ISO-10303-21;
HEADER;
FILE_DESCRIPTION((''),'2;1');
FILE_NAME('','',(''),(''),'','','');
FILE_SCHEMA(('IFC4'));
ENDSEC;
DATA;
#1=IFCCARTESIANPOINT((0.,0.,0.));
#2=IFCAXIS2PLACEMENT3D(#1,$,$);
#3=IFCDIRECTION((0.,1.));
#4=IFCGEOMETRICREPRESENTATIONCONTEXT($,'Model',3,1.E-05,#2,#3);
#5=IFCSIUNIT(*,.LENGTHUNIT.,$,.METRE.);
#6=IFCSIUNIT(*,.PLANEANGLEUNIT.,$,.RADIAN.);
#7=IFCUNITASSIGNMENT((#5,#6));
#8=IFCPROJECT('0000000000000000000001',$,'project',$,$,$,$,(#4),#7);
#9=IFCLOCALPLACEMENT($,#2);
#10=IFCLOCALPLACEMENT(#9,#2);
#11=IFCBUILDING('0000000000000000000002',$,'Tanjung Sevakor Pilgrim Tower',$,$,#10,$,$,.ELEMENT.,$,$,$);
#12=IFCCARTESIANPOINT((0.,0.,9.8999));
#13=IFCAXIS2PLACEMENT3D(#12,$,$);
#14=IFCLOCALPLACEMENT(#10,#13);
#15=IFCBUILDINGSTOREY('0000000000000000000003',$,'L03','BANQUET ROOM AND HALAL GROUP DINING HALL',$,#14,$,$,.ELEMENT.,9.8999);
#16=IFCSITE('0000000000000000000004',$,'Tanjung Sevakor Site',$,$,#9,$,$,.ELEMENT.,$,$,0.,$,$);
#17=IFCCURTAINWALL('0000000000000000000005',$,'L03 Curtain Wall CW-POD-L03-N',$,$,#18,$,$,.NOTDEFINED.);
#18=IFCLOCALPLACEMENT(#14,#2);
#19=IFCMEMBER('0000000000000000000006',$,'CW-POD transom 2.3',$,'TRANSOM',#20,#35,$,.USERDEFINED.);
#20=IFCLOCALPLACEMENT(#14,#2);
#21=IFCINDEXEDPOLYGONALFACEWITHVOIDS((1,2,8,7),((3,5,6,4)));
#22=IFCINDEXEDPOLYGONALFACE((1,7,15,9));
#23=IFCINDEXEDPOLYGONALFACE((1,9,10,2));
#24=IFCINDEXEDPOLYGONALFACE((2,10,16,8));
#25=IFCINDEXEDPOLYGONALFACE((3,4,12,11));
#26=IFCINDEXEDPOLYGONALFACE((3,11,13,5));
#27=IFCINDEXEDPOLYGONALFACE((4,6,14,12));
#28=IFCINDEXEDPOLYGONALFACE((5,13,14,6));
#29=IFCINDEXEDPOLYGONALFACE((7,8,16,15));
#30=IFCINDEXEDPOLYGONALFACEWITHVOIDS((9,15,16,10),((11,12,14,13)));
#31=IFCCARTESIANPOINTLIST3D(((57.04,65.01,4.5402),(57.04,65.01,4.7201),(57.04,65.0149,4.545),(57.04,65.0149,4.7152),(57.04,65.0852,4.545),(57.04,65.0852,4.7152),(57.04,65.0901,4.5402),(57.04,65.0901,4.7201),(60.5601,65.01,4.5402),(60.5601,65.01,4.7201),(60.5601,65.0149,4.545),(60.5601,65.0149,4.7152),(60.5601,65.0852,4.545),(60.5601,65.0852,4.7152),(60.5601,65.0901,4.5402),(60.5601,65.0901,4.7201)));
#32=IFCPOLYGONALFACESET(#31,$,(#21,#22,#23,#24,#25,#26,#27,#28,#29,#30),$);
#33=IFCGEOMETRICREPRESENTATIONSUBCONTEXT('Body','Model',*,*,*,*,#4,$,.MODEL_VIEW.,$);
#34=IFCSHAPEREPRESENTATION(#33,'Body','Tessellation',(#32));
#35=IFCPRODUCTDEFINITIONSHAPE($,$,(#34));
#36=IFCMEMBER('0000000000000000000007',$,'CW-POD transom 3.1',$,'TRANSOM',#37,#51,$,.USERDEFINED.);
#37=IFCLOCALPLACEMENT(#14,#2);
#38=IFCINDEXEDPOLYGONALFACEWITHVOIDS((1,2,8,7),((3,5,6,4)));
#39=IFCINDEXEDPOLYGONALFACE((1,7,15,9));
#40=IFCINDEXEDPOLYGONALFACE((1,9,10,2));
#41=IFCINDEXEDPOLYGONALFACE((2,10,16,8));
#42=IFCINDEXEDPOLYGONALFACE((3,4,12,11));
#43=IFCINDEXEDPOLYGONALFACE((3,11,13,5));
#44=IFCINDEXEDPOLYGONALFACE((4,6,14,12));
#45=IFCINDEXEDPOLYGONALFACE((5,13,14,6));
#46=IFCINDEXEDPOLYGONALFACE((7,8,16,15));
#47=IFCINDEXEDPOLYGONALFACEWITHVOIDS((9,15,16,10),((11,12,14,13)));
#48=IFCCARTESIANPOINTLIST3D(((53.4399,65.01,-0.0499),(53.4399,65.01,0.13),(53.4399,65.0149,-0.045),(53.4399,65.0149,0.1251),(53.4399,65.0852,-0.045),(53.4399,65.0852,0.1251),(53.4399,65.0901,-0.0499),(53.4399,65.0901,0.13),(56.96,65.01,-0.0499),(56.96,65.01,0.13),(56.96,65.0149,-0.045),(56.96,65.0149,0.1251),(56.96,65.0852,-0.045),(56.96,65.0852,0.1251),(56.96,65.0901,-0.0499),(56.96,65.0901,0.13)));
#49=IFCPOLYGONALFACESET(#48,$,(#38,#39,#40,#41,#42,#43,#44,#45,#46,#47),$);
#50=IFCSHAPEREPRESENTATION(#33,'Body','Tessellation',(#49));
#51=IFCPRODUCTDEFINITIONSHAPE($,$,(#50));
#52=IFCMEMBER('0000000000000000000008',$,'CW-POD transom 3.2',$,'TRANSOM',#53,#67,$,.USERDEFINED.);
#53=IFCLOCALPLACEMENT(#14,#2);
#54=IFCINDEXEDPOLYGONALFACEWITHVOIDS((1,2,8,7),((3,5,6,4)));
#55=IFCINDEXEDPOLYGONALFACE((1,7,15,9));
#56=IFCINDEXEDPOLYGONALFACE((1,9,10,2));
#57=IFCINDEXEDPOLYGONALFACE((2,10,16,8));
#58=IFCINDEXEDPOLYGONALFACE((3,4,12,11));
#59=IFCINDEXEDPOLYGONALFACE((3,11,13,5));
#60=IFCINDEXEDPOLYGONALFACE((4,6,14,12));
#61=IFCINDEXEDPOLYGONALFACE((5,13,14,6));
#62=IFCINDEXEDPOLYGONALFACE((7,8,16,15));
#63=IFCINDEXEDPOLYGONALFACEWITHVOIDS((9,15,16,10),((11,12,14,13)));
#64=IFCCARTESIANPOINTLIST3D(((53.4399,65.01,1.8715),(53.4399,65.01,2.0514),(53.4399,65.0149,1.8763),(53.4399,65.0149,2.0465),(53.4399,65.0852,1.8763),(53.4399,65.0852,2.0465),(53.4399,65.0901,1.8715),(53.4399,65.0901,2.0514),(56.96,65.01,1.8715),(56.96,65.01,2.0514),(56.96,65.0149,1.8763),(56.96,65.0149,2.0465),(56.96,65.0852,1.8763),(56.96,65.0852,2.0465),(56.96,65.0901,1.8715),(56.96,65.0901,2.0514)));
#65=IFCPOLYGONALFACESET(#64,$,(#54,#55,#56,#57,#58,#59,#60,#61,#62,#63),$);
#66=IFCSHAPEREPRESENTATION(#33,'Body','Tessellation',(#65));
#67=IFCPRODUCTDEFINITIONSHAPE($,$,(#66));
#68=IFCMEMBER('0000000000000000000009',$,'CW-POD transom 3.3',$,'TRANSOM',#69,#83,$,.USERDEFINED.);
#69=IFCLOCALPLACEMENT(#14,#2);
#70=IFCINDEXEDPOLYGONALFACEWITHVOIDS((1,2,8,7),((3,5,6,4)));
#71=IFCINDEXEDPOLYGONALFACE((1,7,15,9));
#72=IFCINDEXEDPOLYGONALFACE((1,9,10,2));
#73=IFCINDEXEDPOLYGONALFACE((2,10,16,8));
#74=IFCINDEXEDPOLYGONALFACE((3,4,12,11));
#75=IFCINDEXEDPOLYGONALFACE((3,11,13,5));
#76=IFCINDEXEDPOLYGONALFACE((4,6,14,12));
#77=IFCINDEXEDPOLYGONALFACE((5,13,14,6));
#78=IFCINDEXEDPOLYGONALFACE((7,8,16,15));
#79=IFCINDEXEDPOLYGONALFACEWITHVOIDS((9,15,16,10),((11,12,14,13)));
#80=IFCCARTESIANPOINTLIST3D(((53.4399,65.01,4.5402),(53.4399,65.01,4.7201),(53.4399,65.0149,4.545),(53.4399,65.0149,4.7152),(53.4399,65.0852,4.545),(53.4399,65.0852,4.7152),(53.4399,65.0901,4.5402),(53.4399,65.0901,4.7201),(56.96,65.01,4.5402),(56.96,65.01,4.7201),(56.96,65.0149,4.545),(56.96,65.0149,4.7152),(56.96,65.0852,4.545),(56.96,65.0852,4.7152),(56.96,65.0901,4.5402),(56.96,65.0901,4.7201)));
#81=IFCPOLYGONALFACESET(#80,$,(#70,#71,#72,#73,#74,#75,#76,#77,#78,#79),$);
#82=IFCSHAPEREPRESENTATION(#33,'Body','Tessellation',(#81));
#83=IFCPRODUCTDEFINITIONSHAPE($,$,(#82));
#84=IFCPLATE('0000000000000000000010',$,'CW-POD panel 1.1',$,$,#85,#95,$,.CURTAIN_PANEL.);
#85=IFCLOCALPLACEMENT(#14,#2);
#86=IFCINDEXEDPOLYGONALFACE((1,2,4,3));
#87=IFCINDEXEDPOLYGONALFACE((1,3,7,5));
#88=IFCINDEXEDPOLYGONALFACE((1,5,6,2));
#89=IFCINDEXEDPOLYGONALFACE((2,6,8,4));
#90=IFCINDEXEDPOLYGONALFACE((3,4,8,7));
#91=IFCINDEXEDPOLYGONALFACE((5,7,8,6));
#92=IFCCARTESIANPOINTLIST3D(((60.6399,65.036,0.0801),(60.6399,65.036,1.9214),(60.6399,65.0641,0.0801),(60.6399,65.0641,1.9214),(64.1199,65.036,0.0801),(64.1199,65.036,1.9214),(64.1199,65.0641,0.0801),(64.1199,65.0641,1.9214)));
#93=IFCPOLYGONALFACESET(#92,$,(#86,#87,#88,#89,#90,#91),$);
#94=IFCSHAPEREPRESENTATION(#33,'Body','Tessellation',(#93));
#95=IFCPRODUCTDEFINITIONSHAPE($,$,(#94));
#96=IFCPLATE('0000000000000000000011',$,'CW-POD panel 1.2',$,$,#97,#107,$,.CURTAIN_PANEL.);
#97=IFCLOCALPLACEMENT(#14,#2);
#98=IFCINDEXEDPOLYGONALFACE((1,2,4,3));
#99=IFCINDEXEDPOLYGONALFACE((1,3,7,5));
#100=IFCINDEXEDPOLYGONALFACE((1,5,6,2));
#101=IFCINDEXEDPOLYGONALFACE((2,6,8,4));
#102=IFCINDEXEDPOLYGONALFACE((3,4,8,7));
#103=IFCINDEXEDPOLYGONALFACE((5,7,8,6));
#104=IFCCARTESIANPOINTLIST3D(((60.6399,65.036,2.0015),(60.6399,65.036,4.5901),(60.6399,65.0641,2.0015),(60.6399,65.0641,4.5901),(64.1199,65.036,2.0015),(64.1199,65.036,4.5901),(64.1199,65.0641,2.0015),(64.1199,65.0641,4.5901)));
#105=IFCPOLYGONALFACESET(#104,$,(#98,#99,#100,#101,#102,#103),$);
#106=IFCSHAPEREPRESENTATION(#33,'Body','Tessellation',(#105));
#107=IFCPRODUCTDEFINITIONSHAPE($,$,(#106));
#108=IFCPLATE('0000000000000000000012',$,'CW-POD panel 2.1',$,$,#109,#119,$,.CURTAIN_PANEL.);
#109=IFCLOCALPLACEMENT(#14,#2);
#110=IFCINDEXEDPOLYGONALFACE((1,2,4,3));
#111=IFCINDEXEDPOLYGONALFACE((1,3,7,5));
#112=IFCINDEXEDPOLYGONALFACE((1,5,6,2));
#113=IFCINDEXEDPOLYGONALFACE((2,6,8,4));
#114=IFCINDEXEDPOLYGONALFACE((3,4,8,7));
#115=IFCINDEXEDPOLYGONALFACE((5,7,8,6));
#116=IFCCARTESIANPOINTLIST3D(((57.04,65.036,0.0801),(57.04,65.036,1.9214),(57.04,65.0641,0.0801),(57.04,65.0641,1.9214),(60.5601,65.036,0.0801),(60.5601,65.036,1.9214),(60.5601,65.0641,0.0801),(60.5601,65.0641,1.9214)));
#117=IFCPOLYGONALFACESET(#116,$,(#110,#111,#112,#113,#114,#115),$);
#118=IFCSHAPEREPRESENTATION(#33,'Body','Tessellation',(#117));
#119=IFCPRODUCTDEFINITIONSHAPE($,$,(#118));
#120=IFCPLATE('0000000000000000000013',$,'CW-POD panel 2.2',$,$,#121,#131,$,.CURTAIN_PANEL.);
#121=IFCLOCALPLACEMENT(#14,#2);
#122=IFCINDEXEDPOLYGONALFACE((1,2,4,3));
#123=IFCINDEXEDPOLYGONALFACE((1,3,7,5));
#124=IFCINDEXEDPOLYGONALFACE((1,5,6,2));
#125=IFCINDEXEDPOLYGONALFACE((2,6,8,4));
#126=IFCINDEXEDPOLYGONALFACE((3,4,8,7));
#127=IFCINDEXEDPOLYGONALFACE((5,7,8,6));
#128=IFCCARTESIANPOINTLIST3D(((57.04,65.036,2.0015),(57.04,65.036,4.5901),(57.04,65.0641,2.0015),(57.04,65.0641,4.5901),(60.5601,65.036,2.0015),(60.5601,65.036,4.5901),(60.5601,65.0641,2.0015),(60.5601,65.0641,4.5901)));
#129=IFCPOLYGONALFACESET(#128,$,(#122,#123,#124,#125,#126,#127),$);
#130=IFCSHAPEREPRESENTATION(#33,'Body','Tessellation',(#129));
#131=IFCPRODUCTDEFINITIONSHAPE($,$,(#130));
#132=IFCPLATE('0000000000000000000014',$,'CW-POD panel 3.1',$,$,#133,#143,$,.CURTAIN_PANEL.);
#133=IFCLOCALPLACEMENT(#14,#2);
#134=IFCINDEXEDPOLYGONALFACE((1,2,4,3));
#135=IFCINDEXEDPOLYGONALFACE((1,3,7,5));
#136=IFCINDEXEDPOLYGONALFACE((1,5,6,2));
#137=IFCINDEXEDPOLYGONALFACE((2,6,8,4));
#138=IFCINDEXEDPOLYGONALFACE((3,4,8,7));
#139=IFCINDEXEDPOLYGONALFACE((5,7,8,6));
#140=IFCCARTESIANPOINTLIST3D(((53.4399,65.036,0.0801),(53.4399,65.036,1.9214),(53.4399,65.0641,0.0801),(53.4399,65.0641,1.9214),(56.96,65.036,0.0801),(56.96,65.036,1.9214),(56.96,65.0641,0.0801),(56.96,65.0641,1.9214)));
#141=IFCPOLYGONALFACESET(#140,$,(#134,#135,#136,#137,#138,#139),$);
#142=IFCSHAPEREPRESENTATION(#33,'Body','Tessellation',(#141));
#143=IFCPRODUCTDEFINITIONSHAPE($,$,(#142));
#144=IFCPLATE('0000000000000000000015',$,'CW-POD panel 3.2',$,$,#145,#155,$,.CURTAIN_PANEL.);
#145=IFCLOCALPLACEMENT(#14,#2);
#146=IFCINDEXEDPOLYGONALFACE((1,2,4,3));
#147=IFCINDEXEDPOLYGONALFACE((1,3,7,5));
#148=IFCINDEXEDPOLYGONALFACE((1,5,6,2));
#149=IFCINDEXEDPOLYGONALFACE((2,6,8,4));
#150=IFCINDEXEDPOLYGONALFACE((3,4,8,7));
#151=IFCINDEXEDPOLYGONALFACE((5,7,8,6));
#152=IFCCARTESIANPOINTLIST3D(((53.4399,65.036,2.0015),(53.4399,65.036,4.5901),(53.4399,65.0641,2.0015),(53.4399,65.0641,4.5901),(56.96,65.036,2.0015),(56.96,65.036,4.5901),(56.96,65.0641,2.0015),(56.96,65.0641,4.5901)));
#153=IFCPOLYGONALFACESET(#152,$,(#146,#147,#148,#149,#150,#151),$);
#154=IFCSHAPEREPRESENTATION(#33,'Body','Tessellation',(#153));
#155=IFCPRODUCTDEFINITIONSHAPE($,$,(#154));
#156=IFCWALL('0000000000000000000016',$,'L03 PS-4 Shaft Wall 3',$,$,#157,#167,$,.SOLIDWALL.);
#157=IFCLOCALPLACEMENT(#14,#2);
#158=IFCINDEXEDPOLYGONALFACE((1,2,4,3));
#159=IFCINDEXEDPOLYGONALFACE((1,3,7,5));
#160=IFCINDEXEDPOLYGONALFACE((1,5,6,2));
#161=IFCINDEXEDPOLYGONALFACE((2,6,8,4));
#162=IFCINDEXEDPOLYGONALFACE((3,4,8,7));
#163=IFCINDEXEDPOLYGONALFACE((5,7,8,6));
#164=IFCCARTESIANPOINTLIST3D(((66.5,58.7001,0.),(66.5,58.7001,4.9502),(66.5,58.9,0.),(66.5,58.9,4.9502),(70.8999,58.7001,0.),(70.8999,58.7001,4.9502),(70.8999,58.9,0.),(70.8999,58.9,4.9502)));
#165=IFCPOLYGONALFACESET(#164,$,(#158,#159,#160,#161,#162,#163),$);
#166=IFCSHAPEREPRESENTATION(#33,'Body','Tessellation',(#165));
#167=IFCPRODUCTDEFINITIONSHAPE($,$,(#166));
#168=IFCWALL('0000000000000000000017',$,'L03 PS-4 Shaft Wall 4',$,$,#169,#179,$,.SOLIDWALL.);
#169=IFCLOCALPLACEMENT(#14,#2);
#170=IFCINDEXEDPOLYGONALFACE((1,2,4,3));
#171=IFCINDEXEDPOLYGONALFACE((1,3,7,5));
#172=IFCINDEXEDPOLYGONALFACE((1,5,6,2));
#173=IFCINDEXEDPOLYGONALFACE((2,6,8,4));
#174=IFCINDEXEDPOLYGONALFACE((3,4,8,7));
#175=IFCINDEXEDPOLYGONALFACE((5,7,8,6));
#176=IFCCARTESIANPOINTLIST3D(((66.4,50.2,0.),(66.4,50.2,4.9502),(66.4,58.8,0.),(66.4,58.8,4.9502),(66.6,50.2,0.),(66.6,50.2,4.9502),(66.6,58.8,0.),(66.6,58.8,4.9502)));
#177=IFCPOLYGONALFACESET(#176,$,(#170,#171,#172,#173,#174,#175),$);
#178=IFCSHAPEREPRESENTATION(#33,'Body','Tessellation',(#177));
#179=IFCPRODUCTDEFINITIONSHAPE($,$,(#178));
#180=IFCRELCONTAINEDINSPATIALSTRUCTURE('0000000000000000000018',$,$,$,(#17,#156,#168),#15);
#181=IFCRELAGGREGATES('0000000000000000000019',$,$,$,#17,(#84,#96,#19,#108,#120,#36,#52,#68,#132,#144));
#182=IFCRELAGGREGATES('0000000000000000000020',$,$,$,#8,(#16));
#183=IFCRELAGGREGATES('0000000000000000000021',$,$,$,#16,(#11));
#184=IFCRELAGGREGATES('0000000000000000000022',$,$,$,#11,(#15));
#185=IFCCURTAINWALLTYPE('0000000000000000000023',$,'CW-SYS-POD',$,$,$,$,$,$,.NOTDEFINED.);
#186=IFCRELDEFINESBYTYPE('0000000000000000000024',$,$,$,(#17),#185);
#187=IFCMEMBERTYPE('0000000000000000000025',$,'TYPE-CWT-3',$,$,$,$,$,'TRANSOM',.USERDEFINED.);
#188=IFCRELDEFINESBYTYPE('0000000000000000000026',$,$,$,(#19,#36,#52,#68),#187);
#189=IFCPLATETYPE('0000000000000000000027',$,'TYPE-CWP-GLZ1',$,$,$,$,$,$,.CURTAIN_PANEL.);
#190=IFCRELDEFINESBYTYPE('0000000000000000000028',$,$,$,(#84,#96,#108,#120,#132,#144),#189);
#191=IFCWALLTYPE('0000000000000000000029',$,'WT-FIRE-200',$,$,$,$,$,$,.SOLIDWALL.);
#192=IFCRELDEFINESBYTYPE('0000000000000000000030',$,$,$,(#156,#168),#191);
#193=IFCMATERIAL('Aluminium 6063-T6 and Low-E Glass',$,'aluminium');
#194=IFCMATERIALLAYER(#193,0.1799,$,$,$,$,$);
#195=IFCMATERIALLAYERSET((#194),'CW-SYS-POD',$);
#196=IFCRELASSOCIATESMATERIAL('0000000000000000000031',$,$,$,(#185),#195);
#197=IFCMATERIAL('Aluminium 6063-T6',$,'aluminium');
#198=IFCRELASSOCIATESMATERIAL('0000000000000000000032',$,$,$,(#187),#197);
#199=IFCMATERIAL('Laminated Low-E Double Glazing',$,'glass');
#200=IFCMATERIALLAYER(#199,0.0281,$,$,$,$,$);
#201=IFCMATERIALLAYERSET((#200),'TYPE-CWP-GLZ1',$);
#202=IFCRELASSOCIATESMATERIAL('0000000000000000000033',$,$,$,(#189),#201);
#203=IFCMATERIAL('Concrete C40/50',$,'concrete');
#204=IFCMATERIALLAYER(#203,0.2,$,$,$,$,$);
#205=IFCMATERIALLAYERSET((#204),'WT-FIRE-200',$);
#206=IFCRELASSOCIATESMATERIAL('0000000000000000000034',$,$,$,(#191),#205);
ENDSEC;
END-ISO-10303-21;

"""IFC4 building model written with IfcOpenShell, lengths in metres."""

from ifc_helpers import new_model, si_unit, direction, frame, frame_2d, origin, origin_2d, place, context, subcontext, project, spatial, rectangle, hollow_rectangle, extrude, material, layer, layer_set, material_profile, profile_set, type_object, element, aggregate, save


model = new_model("IFC4")

# Units and contexts
model_context = context("Model", 3, precision=1e-05, world=origin(), true_north=direction((0.0, 1.0)))
body_context = subcontext(model_context, "Body", "Model", "MODEL_VIEW")
ifc_project = project(units=[si_unit("LENGTHUNIT", "METRE"), si_unit("PLANEANGLEUNIT", "RADIAN")], contexts=[model_context])

# Site, building, storey
site_placement = place(None, origin())
site = spatial("IfcSite", under=ifc_project, at=site_placement, Name="Tanjung Sevakor Site", CompositionType="ELEMENT", RefElevation=0.0)
building_placement = place(site_placement, origin())
building = spatial("IfcBuilding", under=site, at=building_placement, Name="Tanjung Sevakor Pilgrim Tower", CompositionType="ELEMENT")
storey_placement = place(building_placement, frame((0.0, 0.0, 9.8999)))
storey = spatial("IfcBuildingStorey", under=building, at=storey_placement, Name="L03", Description="BANQUET ROOM AND HALAL GROUP DINING HALL", CompositionType="ELEMENT", Elevation=9.8999)

# Curtain wall, members, plates
ifc_material_1 = material(Name="Aluminium 6063-T6 and Low-E Glass", Category="aluminium")
ifc_layer_1 = layer(ifc_material_1, 0.1799)
ifc_layer_set_1 = layer_set([ifc_layer_1], Name="CW-SYS-POD")
curtain_wall_type = type_object("IfcCurtainWallType", Name="CW-SYS-POD", PredefinedType="NOTDEFINED", material=ifc_layer_set_1)
curtain_wall_placement = place(storey_placement, origin())
curtain_wall = element("IfcCurtainWall", 1, at=curtain_wall_placement, inside=storey, type_object=curtain_wall_type, Name="L03 Curtain Wall CW-POD-L03-N", PredefinedType="NOTDEFINED")
ifc_material_2 = material(Name="Aluminium 6063-T6", Category="aluminium")
ifc_material_profile_1 = material_profile(ifc_material_2, hollow_rectangle(XDim=0.0801, YDim=0.1799, WallThickness=0.0049, at=origin_2d()))
ifc_profile_set_1 = profile_set([ifc_material_profile_1], Name="Aluminium 6063-T6")
member_type_1 = type_object("IfcMemberType", Name="TYPE-CWT-3", ElementType="TRANSOM", PredefinedType="USERDEFINED", material=ifc_profile_set_1)
member_1_placement = place(storey_placement, frame((60.5601, 65.05, 4.6301), z_axis=(-1.0, 0.0, 0.0), x_axis=(0.0, -1.0, 0.0)))
member_1 = element("IfcMember", 2, at=member_1_placement, type_object=member_type_1, Name="CW-POD transom 2.3", ObjectType="TRANSOM", PredefinedType="USERDEFINED", context=body_context, shape_type="SweptSolid", body=[
    extrude(hollow_rectangle(XDim=0.0801, YDim=0.1799, WallThickness=0.0049, at=origin_2d()), origin(), (0.0, 0.0, 1.0), 3.52),
])
member_2_placement = place(storey_placement, frame((56.96, 65.05, 0.04), z_axis=(-1.0, 0.0, 0.0), x_axis=(0.0, -1.0, 0.0)))
member_2 = element("IfcMember", 3, at=member_2_placement, type_object=member_type_1, Name="CW-POD transom 3.1", ObjectType="TRANSOM", PredefinedType="USERDEFINED", context=body_context, shape_type="SweptSolid", body=[
    extrude(hollow_rectangle(XDim=0.0801, YDim=0.1799, WallThickness=0.0049, at=origin_2d()), origin(), (0.0, 0.0, 1.0), 3.52),
])
member_3_placement = place(storey_placement, frame((56.96, 65.05, 1.9614), z_axis=(-1.0, 0.0, 0.0), x_axis=(0.0, -1.0, 0.0)))
member_3 = element("IfcMember", 4, at=member_3_placement, type_object=member_type_1, Name="CW-POD transom 3.2", ObjectType="TRANSOM", PredefinedType="USERDEFINED", context=body_context, shape_type="SweptSolid", body=[
    extrude(hollow_rectangle(XDim=0.0801, YDim=0.1799, WallThickness=0.0049, at=origin_2d()), origin(), (0.0, 0.0, 1.0), 3.52),
])
member_4_placement = place(storey_placement, frame((56.96, 65.05, 4.6301), z_axis=(-1.0, 0.0, 0.0), x_axis=(0.0, -1.0, 0.0)))
member_4 = element("IfcMember", 5, at=member_4_placement, type_object=member_type_1, Name="CW-POD transom 3.3", ObjectType="TRANSOM", PredefinedType="USERDEFINED", context=body_context, shape_type="SweptSolid", body=[
    extrude(hollow_rectangle(XDim=0.0801, YDim=0.1799, WallThickness=0.0049, at=origin_2d()), origin(), (0.0, 0.0, 1.0), 3.52),
])
ifc_material_3 = material(Name="Laminated Low-E Double Glazing", Category="glass")
ifc_layer_2 = layer(ifc_material_3, 0.0281)
ifc_layer_set_2 = layer_set([ifc_layer_2], Name="TYPE-CWP-GLZ1")
plate_type = type_object("IfcPlateType", Name="TYPE-CWP-GLZ1", PredefinedType="CURTAIN_PANEL", material=ifc_layer_set_2)
plate_1_placement = place(storey_placement, frame((62.3799, 65.05, 0.0801), z_axis=(0.0, 0.0, 1.0), x_axis=(-1.0, 0.0, 0.0)))
plate_1 = element("IfcPlate", 6, at=plate_1_placement, type_object=plate_type, Name="CW-POD panel 1.1", PredefinedType="CURTAIN_PANEL", context=body_context, shape_type="SweptSolid", body=[
    extrude(rectangle(XDim=3.48, YDim=0.0281, at=origin_2d()), origin(), (0.0, 0.0, 1.0), 1.8413),
])
plate_2_placement = place(storey_placement, frame((62.3799, 65.05, 2.0015), z_axis=(0.0, 0.0, 1.0), x_axis=(-1.0, 0.0, 0.0)))
plate_2 = element("IfcPlate", 7, at=plate_2_placement, type_object=plate_type, Name="CW-POD panel 1.2", PredefinedType="CURTAIN_PANEL", context=body_context, shape_type="SweptSolid", body=[
    extrude(rectangle(XDim=3.48, YDim=0.0281, at=origin_2d()), origin(), (0.0, 0.0, 1.0), 2.5886),
])
plate_3_placement = place(storey_placement, frame((58.8, 65.05, 0.0801), z_axis=(0.0, 0.0, 1.0), x_axis=(-1.0, 0.0, 0.0)))
plate_3 = element("IfcPlate", 8, at=plate_3_placement, type_object=plate_type, Name="CW-POD panel 2.1", PredefinedType="CURTAIN_PANEL", context=body_context, shape_type="SweptSolid", body=[
    extrude(rectangle(XDim=3.52, YDim=0.0281, at=origin_2d()), origin(), (0.0, 0.0, 1.0), 1.8413),
])
plate_4_placement = place(storey_placement, frame((58.8, 65.05, 2.0015), z_axis=(0.0, 0.0, 1.0), x_axis=(-1.0, 0.0, 0.0)))
plate_4 = element("IfcPlate", 9, at=plate_4_placement, type_object=plate_type, Name="CW-POD panel 2.2", PredefinedType="CURTAIN_PANEL", context=body_context, shape_type="SweptSolid", body=[
    extrude(rectangle(XDim=3.52, YDim=0.0281, at=origin_2d()), origin(), (0.0, 0.0, 1.0), 2.5886),
])
plate_5_placement = place(storey_placement, frame((55.2, 65.05, 0.0801), z_axis=(0.0, 0.0, 1.0), x_axis=(-1.0, 0.0, 0.0)))
plate_5 = element("IfcPlate", 10, at=plate_5_placement, type_object=plate_type, Name="CW-POD panel 3.1", PredefinedType="CURTAIN_PANEL", context=body_context, shape_type="SweptSolid", body=[
    extrude(rectangle(XDim=3.52, YDim=0.0281, at=origin_2d()), origin(), (0.0, 0.0, 1.0), 1.8413),
])
plate_6_placement = place(storey_placement, frame((55.2, 65.05, 2.0015), z_axis=(0.0, 0.0, 1.0), x_axis=(-1.0, 0.0, 0.0)))
plate_6 = element("IfcPlate", 11, at=plate_6_placement, type_object=plate_type, Name="CW-POD panel 3.2", PredefinedType="CURTAIN_PANEL", context=body_context, shape_type="SweptSolid", body=[
    extrude(rectangle(XDim=3.52, YDim=0.0281, at=origin_2d()), origin(), (0.0, 0.0, 1.0), 2.5886),
])
aggregate(curtain_wall, [plate_1, plate_2, member_1, plate_3, plate_4, member_2, member_3, member_4, plate_5, plate_6])

# Walls
ifc_material_4 = material(Name="Concrete C40/50", Category="concrete")
ifc_layer_3 = layer(ifc_material_4, 0.2)
ifc_layer_set_3 = layer_set([ifc_layer_3], Name="WT-FIRE-200")
wall_type = type_object("IfcWallType", Name="WT-FIRE-200", PredefinedType="SOLIDWALL", material=ifc_layer_set_3)
wall_1_placement = place(storey_placement, frame((70.8999, 58.8, 0.0), z_axis=(0.0, 0.0, 1.0), x_axis=(-1.0, 0.0, 0.0)))
element("IfcWall", 12, at=wall_1_placement, inside=storey, type_object=wall_type, Name="L03 PS-4 Shaft Wall 3", PredefinedType="SOLIDWALL", context=body_context, shape_type="SweptSolid", body=[
    extrude(rectangle(XDim=4.3999, YDim=0.2, at=frame_2d((2.2, 0.0))), origin(), (0.0, 0.0, 1.0), 4.9502),
])
wall_2_placement = place(storey_placement, frame((66.5, 58.8, 0.0), z_axis=(0.0, 0.0, 1.0), x_axis=(0.0, -1.0, 0.0)))
element("IfcWall", 13, at=wall_2_placement, inside=storey, type_object=wall_type, Name="L03 PS-4 Shaft Wall 4", PredefinedType="SOLIDWALL", context=body_context, shape_type="SweptSolid", body=[
    extrude(rectangle(XDim=8.6001, YDim=0.2, at=frame_2d((4.3, 0.0))), origin(), (0.0, 0.0, 1.0), 4.9502),
])

save(model, "model.ifc")
